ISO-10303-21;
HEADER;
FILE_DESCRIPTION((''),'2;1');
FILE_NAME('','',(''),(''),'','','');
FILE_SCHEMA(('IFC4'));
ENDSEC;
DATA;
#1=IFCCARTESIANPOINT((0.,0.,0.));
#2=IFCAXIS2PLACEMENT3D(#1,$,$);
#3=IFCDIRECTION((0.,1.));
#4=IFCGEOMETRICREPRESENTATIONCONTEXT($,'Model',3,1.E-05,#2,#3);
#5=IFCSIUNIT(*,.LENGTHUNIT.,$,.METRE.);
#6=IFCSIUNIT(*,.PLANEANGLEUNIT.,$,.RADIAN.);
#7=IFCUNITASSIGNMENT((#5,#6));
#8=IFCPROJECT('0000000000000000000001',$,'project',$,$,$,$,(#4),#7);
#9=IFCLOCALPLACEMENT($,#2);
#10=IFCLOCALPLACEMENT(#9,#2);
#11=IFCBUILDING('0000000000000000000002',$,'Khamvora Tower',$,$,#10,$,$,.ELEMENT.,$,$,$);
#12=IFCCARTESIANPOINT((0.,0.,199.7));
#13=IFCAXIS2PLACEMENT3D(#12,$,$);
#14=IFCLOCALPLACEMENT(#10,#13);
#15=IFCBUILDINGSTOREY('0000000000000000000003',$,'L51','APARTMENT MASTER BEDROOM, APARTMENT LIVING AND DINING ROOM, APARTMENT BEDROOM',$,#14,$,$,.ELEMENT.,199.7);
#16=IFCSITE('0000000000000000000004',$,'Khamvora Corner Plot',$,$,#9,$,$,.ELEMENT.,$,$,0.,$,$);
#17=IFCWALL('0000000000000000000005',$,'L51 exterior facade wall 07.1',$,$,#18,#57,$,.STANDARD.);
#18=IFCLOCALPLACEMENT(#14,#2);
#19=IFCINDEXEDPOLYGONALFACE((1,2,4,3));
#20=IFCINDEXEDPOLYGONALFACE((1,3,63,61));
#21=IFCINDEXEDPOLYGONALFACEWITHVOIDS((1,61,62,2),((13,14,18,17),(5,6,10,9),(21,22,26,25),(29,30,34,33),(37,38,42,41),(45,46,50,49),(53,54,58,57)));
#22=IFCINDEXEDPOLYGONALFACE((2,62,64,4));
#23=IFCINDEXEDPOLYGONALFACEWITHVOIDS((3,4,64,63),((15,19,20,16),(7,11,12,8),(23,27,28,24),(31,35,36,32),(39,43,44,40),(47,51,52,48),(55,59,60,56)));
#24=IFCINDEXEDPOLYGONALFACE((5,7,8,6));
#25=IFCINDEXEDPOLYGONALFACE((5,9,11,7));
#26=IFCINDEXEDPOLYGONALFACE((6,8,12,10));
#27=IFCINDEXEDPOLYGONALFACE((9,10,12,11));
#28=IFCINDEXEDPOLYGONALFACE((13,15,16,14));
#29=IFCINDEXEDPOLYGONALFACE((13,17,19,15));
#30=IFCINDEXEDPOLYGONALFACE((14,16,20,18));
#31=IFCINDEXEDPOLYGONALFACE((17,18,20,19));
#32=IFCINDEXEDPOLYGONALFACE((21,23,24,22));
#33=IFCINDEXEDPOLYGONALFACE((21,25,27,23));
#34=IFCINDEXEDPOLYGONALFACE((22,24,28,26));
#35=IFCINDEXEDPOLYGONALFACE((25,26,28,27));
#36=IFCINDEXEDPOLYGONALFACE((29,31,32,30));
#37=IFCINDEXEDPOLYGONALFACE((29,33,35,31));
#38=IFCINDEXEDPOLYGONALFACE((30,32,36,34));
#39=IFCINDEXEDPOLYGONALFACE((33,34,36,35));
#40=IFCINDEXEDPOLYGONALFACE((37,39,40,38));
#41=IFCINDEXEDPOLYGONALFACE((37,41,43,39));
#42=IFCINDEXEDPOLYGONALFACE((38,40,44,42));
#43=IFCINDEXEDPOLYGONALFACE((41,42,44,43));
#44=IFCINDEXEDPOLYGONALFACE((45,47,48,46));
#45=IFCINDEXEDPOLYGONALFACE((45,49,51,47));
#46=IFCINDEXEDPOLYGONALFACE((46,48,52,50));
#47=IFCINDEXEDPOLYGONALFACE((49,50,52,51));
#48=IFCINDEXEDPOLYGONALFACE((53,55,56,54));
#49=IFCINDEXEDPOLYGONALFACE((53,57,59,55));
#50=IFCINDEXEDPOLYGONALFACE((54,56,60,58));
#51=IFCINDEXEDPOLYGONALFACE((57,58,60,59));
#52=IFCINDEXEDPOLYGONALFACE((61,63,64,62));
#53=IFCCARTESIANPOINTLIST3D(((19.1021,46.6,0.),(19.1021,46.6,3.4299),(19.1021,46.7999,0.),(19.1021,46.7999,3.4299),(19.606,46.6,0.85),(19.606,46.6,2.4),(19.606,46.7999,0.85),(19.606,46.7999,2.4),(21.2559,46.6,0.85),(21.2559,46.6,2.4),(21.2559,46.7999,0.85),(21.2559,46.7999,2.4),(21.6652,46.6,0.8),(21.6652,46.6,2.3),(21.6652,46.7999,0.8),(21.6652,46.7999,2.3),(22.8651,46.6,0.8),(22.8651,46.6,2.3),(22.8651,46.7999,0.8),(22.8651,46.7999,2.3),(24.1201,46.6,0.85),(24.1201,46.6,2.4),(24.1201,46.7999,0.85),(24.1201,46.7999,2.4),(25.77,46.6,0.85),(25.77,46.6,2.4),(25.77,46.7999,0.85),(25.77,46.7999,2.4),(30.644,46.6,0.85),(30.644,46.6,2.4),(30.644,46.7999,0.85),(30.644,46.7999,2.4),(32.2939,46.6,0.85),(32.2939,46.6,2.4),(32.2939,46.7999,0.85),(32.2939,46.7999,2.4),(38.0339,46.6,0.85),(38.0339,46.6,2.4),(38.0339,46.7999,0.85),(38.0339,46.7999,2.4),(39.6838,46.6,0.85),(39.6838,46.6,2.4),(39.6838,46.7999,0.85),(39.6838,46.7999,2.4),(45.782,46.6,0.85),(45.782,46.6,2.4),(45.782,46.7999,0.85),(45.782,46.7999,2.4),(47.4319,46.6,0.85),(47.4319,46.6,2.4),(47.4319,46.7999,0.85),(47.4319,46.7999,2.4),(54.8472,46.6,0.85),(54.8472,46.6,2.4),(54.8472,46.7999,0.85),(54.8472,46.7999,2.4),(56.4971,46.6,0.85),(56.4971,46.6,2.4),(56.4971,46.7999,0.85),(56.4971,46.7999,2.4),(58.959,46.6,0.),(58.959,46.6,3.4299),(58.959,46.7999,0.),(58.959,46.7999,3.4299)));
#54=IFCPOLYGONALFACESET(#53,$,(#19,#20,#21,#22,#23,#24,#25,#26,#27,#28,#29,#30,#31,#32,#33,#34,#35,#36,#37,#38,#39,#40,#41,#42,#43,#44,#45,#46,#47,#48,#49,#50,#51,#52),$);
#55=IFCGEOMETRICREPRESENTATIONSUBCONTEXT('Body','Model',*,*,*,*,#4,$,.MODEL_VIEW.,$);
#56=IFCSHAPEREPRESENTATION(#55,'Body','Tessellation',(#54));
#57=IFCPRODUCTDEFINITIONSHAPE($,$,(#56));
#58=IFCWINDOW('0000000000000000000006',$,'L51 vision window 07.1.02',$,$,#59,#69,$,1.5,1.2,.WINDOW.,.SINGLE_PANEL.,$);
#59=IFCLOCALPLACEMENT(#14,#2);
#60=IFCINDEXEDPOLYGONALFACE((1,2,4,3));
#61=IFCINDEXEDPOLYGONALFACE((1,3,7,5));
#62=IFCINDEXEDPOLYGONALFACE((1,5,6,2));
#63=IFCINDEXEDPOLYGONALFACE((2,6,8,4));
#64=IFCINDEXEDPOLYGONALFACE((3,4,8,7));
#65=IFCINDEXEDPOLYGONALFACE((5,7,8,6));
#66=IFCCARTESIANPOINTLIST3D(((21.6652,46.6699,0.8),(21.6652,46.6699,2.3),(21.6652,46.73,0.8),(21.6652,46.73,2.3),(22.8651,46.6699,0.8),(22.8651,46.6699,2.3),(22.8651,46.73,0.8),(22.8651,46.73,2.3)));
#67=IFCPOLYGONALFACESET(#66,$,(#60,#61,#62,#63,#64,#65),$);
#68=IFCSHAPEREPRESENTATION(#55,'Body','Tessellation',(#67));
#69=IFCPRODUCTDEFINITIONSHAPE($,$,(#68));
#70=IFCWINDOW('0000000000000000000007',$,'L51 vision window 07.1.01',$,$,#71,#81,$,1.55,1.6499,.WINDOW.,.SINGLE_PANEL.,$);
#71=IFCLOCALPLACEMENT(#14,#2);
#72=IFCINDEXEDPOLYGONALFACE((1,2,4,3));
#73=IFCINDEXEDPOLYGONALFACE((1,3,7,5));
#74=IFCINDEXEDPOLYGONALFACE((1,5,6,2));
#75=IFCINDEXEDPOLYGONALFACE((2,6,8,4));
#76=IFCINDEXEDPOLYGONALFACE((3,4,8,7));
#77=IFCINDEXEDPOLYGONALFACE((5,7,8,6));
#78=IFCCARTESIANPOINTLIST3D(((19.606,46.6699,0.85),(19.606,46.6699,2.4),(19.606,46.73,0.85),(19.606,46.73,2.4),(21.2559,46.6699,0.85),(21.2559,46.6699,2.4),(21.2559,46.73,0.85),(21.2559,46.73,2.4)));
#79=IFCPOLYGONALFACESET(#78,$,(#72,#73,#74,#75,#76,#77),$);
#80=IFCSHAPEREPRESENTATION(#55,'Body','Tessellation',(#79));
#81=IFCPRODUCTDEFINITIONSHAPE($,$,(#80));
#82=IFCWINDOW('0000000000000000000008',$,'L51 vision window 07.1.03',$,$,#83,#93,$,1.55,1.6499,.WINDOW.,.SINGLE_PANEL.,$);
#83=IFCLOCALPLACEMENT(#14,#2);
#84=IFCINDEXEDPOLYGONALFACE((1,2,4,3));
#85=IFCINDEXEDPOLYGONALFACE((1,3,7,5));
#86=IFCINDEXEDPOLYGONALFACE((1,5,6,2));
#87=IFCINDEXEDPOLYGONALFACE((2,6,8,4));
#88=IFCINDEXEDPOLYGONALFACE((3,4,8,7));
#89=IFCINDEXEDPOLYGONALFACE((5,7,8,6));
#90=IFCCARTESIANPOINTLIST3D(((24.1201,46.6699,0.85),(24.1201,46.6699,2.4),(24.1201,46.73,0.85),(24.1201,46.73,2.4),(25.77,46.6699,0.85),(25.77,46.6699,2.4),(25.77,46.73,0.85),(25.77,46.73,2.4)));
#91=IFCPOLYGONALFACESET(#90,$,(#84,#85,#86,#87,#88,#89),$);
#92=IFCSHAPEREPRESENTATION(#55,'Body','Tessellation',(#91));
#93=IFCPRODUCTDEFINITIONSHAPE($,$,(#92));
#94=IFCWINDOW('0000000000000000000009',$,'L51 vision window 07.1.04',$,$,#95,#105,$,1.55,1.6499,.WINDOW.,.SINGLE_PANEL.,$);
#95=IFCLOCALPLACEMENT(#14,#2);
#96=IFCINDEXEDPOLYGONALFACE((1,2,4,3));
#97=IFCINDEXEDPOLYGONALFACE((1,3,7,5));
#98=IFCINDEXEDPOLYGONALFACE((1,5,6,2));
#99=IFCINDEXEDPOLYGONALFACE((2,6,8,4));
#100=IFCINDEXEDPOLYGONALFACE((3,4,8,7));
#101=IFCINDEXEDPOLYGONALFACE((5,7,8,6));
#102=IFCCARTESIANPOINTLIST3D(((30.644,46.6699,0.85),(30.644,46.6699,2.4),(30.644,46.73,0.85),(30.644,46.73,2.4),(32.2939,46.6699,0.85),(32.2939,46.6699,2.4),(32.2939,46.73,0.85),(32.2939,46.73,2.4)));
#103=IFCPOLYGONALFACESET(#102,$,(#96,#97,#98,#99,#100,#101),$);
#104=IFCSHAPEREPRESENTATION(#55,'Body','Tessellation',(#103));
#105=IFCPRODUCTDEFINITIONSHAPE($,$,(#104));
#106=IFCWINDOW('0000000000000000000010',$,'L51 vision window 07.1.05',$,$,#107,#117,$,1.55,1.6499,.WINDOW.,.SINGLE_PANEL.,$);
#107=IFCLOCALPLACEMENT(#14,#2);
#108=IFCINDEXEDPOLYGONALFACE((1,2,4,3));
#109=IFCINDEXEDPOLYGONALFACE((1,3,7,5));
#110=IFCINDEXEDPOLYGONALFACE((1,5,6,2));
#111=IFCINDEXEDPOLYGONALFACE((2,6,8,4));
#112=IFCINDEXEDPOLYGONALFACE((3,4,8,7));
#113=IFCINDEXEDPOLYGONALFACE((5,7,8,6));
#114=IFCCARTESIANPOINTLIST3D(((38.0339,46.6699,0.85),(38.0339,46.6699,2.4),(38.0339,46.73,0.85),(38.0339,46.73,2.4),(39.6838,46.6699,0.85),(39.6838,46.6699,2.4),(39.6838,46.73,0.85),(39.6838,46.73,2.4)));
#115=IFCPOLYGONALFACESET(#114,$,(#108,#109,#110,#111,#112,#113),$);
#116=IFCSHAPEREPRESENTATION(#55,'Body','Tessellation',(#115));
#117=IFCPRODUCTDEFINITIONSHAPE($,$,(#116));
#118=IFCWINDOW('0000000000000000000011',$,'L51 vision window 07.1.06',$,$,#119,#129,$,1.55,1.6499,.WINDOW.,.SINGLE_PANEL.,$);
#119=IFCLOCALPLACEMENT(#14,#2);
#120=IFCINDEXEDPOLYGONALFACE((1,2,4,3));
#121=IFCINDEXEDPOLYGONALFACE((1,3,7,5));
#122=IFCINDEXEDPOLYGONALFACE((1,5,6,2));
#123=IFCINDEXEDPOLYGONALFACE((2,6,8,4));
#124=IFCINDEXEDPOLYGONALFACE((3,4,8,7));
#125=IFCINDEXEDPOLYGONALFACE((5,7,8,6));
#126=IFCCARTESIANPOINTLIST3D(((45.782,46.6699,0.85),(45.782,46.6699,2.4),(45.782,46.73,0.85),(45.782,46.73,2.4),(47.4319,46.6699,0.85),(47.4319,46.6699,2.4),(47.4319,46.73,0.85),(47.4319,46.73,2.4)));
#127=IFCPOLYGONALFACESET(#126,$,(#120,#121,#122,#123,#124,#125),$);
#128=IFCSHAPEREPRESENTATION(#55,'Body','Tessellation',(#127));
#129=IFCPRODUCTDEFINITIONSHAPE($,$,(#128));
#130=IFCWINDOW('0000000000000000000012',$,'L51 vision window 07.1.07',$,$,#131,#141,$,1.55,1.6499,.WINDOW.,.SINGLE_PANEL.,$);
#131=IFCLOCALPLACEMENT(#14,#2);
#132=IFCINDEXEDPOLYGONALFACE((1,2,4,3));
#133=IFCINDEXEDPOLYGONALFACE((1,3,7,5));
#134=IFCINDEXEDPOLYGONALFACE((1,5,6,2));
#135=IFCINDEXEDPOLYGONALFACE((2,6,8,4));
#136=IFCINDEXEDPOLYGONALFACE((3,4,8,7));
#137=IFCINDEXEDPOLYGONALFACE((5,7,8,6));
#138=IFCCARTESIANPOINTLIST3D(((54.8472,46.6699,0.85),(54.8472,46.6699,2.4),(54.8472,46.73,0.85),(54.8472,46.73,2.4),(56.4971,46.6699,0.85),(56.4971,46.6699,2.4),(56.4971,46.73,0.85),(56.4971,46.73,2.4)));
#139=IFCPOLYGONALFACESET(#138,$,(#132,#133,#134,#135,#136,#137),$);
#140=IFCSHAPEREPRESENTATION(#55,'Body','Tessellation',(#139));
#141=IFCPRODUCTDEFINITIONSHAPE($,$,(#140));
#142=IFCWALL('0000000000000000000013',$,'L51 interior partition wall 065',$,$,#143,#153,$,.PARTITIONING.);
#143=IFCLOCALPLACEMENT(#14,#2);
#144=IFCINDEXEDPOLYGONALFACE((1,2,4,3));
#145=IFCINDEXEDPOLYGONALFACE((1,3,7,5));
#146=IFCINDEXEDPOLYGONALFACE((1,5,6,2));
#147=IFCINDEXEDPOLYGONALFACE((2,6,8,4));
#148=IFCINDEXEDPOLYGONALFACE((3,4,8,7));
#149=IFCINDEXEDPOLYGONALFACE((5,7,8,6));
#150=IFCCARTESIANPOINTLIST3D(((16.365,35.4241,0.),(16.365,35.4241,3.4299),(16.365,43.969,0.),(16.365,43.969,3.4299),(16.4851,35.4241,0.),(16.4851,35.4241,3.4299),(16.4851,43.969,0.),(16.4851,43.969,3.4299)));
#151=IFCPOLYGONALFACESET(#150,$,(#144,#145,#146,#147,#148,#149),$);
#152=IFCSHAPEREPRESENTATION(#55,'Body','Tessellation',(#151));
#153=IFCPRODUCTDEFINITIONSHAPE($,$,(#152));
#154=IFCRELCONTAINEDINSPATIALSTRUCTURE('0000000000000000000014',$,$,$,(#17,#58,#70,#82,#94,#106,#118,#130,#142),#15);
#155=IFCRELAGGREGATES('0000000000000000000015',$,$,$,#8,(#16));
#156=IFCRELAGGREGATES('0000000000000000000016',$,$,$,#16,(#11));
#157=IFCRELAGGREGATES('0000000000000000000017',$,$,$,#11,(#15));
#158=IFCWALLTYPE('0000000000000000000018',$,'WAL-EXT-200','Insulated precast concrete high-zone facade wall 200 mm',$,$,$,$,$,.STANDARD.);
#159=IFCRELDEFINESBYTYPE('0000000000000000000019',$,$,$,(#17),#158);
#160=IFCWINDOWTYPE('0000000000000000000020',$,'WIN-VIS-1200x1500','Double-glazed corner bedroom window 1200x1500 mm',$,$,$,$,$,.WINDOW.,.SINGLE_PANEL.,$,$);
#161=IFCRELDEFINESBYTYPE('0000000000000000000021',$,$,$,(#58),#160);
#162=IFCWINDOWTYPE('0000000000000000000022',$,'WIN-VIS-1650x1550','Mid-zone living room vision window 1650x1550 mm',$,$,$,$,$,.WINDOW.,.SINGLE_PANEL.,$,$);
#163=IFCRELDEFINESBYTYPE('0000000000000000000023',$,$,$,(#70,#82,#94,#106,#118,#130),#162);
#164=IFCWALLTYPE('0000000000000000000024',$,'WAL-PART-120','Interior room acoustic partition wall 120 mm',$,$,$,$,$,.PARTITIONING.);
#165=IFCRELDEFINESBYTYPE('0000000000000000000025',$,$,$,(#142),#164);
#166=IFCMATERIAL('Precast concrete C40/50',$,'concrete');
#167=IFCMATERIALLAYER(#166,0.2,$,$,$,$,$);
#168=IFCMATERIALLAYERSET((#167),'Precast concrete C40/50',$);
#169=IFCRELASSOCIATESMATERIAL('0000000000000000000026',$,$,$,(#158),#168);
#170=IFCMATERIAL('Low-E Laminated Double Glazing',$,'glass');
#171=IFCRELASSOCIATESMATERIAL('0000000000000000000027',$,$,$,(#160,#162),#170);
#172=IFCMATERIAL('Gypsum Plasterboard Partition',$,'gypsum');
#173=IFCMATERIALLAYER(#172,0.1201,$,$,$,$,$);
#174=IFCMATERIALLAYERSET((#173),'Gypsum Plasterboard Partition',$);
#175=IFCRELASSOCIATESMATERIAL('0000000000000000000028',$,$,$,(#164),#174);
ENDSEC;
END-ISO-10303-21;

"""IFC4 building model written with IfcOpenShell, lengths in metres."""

from ifc_helpers import new_model, si_unit, direction, frame, frame_2d, origin, place, context, subcontext, project, spatial, rectangle, extrude, material, layer, layer_set, type_object, element, fill, save


model = new_model("IFC4")

# Units and contexts
model_context = context("Model", 3, precision=1e-05, world=origin(), true_north=direction((0.0, 1.0)))
body_context = subcontext(model_context, "Body", "Model", "MODEL_VIEW")
ifc_project = project(units=[si_unit("LENGTHUNIT", "METRE"), si_unit("PLANEANGLEUNIT", "RADIAN")], contexts=[model_context])

# Site, building, storey
site_placement = place(None, origin())
site = spatial("IfcSite", under=ifc_project, at=site_placement, Name="Khamvora Corner Plot", CompositionType="ELEMENT", RefElevation=0.0)
building_placement = place(site_placement, origin())
building = spatial("IfcBuilding", under=site, at=building_placement, Name="Khamvora Tower", CompositionType="ELEMENT")
storey_placement = place(building_placement, frame((0.0, 0.0, 199.7)))
storey = spatial("IfcBuildingStorey", under=building, at=storey_placement, Name="L51", Description="APARTMENT MASTER BEDROOM, APARTMENT LIVING AND DINING ROOM, APARTMENT BEDROOM", CompositionType="ELEMENT", Elevation=199.7)

# Shared definitions
ifc_material_1 = material(Name="Precast concrete C40/50", Category="concrete")
ifc_layer_1 = layer(ifc_material_1, 0.2)
ifc_layer_set_1 = layer_set([ifc_layer_1], Name="Precast concrete C40/50")
wall_type_1 = type_object("IfcWallType", Name="WAL-EXT-200", Description="Insulated precast concrete high-zone facade wall 200 mm", PredefinedType="STANDARD", material=ifc_layer_set_1)

# Wall, openings, windows
wall_1_placement = place(storey_placement, frame((19.1021, 46.7, 0.0), z_axis=(0.0, 0.0, 1.0), x_axis=(1.0, 0.0, 0.0)))
wall_1 = element("IfcWall", 1, at=wall_1_placement, inside=storey, type_object=wall_type_1, Name="L51 exterior facade wall 07.1", PredefinedType="STANDARD", context=body_context, shape_type="SweptSolid", body=[
    extrude(rectangle(XDim=39.8569, YDim=0.2, at=frame_2d((19.9285, 0.0))), origin(), (0.0, 0.0, 1.0), 3.4299),
])
opening_1_placement = place(wall_1_placement, frame((0.5039, 0.0, 0.8501)))
opening_1 = element("IfcOpeningElement", 2, at=opening_1_placement, cuts=wall_1, PredefinedType="OPENING", context=body_context, shape_type="SweptSolid", body=[
    extrude(rectangle(XDim=1.6499, YDim=1.55, at=frame_2d((0.825, 0.7749))), frame((0.0, 0.1099, 0.0), z_axis=(0.0, -1.0, 0.0), x_axis=(1.0, 0.0, 0.0)), (0.0, 0.0, 1.0), 0.22),
])
opening_2_placement = place(wall_1_placement, frame((2.563, 0.0, 0.8)))
opening_2 = element("IfcOpeningElement", 3, at=opening_2_placement, cuts=wall_1, PredefinedType="OPENING", context=body_context, shape_type="SweptSolid", body=[
    extrude(rectangle(XDim=1.2, YDim=1.5, at=frame_2d((0.6001, 0.75))), frame((0.0, 0.1099, 0.0), z_axis=(0.0, -1.0, 0.0), x_axis=(1.0, 0.0, 0.0)), (0.0, 0.0, 1.0), 0.22),
])
opening_3_placement = place(wall_1_placement, frame((5.0181, 0.0, 0.8501)))
opening_3 = element("IfcOpeningElement", 4, at=opening_3_placement, cuts=wall_1, PredefinedType="OPENING", context=body_context, shape_type="SweptSolid", body=[
    extrude(rectangle(XDim=1.6499, YDim=1.55, at=frame_2d((0.825, 0.7749))), frame((0.0, 0.1099, 0.0), z_axis=(0.0, -1.0, 0.0), x_axis=(1.0, 0.0, 0.0)), (0.0, 0.0, 1.0), 0.22),
])
opening_4_placement = place(wall_1_placement, frame((11.542, 0.0, 0.8501)))
opening_4 = element("IfcOpeningElement", 5, at=opening_4_placement, cuts=wall_1, PredefinedType="OPENING", context=body_context, shape_type="SweptSolid", body=[
    extrude(rectangle(XDim=1.6499, YDim=1.55, at=frame_2d((0.825, 0.7749))), frame((0.0, 0.1099, 0.0), z_axis=(0.0, -1.0, 0.0), x_axis=(1.0, 0.0, 0.0)), (0.0, 0.0, 1.0), 0.22),
])
opening_5_placement = place(wall_1_placement, frame((18.9319, 0.0, 0.8501)))
opening_5 = element("IfcOpeningElement", 6, at=opening_5_placement, cuts=wall_1, PredefinedType="OPENING", context=body_context, shape_type="SweptSolid", body=[
    extrude(rectangle(XDim=1.6499, YDim=1.55, at=frame_2d((0.825, 0.7749))), frame((0.0, 0.1099, 0.0), z_axis=(0.0, -1.0, 0.0), x_axis=(1.0, 0.0, 0.0)), (0.0, 0.0, 1.0), 0.22),
])
opening_6_placement = place(wall_1_placement, frame((26.6799, 0.0, 0.8501)))
opening_6 = element("IfcOpeningElement", 7, at=opening_6_placement, cuts=wall_1, PredefinedType="OPENING", context=body_context, shape_type="SweptSolid", body=[
    extrude(rectangle(XDim=1.6499, YDim=1.55, at=frame_2d((0.825, 0.7749))), frame((0.0, 0.1099, 0.0), z_axis=(0.0, -1.0, 0.0), x_axis=(1.0, 0.0, 0.0)), (0.0, 0.0, 1.0), 0.22),
])
opening_7_placement = place(wall_1_placement, frame((35.7451, 0.0, 0.8501)))
opening_7 = element("IfcOpeningElement", 8, at=opening_7_placement, cuts=wall_1, PredefinedType="OPENING", context=body_context, shape_type="SweptSolid", body=[
    extrude(rectangle(XDim=1.6499, YDim=1.55, at=frame_2d((0.825, 0.7749))), frame((0.0, 0.1099, 0.0), z_axis=(0.0, -1.0, 0.0), x_axis=(1.0, 0.0, 0.0)), (0.0, 0.0, 1.0), 0.22),
])
ifc_material_2 = material(Name="Low-E Laminated Double Glazing", Category="glass")
window_type_1 = type_object("IfcWindowType", Name="WIN-VIS-1200x1500", Description="Double-glazed corner bedroom window 1200x1500 mm", PartitioningType="SINGLE_PANEL", PredefinedType="WINDOW", material=ifc_material_2)
window_1_placement = place(opening_2_placement, origin())
window_1 = element("IfcWindow", 9, at=window_1_placement, inside=storey, type_object=window_type_1, Name="L51 vision window 07.1.02", OverallHeight=1.5, OverallWidth=1.2, PartitioningType="SINGLE_PANEL", PredefinedType="WINDOW", context=body_context, shape_type="SweptSolid", body=[
    extrude(rectangle(XDim=1.2, YDim=1.5, at=frame_2d((0.6001, 0.75))), frame((0.0, 0.03, 0.0), z_axis=(0.0, -1.0, 0.0), x_axis=(1.0, 0.0, 0.0)), (0.0, 0.0, 1.0), 0.0601),
])
fill(opening_2, window_1)
window_type_2 = type_object("IfcWindowType", Name="WIN-VIS-1650x1550", Description="Mid-zone living room vision window 1650x1550 mm", PartitioningType="SINGLE_PANEL", PredefinedType="WINDOW", material=ifc_material_2)
window_2_placement = place(opening_1_placement, origin())
window_2 = element("IfcWindow", 10, at=window_2_placement, inside=storey, type_object=window_type_2, Name="L51 vision window 07.1.01", OverallHeight=1.55, OverallWidth=1.6499, PartitioningType="SINGLE_PANEL", PredefinedType="WINDOW", context=body_context, shape_type="SweptSolid", body=[
    extrude(rectangle(XDim=1.6499, YDim=1.55, at=frame_2d((0.825, 0.7749))), frame((0.0, 0.03, 0.0), z_axis=(0.0, -1.0, 0.0), x_axis=(1.0, 0.0, 0.0)), (0.0, 0.0, 1.0), 0.0601),
])
fill(opening_1, window_2)
window_3_placement = place(opening_3_placement, origin())
window_3 = element("IfcWindow", 11, at=window_3_placement, inside=storey, type_object=window_type_2, Name="L51 vision window 07.1.03", OverallHeight=1.55, OverallWidth=1.6499, PartitioningType="SINGLE_PANEL", PredefinedType="WINDOW", context=body_context, shape_type="SweptSolid", body=[
    extrude(rectangle(XDim=1.6499, YDim=1.55, at=frame_2d((0.825, 0.7749))), frame((0.0, 0.03, 0.0), z_axis=(0.0, -1.0, 0.0), x_axis=(1.0, 0.0, 0.0)), (0.0, 0.0, 1.0), 0.0601),
])
fill(opening_3, window_3)
window_4_placement = place(opening_4_placement, origin())
window_4 = element("IfcWindow", 12, at=window_4_placement, inside=storey, type_object=window_type_2, Name="L51 vision window 07.1.04", OverallHeight=1.55, OverallWidth=1.6499, PartitioningType="SINGLE_PANEL", PredefinedType="WINDOW", context=body_context, shape_type="SweptSolid", body=[
    extrude(rectangle(XDim=1.6499, YDim=1.55, at=frame_2d((0.825, 0.7749))), frame((0.0, 0.03, 0.0), z_axis=(0.0, -1.0, 0.0), x_axis=(1.0, 0.0, 0.0)), (0.0, 0.0, 1.0), 0.0601),
])
fill(opening_4, window_4)
window_5_placement = place(opening_5_placement, origin())
window_5 = element("IfcWindow", 13, at=window_5_placement, inside=storey, type_object=window_type_2, Name="L51 vision window 07.1.05", OverallHeight=1.55, OverallWidth=1.6499, PartitioningType="SINGLE_PANEL", PredefinedType="WINDOW", context=body_context, shape_type="SweptSolid", body=[
    extrude(rectangle(XDim=1.6499, YDim=1.55, at=frame_2d((0.825, 0.7749))), frame((0.0, 0.03, 0.0), z_axis=(0.0, -1.0, 0.0), x_axis=(1.0, 0.0, 0.0)), (0.0, 0.0, 1.0), 0.0601),
])
fill(opening_5, window_5)
window_6_placement = place(opening_6_placement, origin())
window_6 = element("IfcWindow", 14, at=window_6_placement, inside=storey, type_object=window_type_2, Name="L51 vision window 07.1.06", OverallHeight=1.55, OverallWidth=1.6499, PartitioningType="SINGLE_PANEL", PredefinedType="WINDOW", context=body_context, shape_type="SweptSolid", body=[
    extrude(rectangle(XDim=1.6499, YDim=1.55, at=frame_2d((0.825, 0.7749))), frame((0.0, 0.03, 0.0), z_axis=(0.0, -1.0, 0.0), x_axis=(1.0, 0.0, 0.0)), (0.0, 0.0, 1.0), 0.0601),
])
fill(opening_6, window_6)
window_7_placement = place(opening_7_placement, origin())
window_7 = element("IfcWindow", 15, at=window_7_placement, inside=storey, type_object=window_type_2, Name="L51 vision window 07.1.07", OverallHeight=1.55, OverallWidth=1.6499, PartitioningType="SINGLE_PANEL", PredefinedType="WINDOW", context=body_context, shape_type="SweptSolid", body=[
    extrude(rectangle(XDim=1.6499, YDim=1.55, at=frame_2d((0.825, 0.7749))), frame((0.0, 0.03, 0.0), z_axis=(0.0, -1.0, 0.0), x_axis=(1.0, 0.0, 0.0)), (0.0, 0.0, 1.0), 0.0601),
])
fill(opening_7, window_7)

# Wall
ifc_material_3 = material(Name="Gypsum Plasterboard Partition", Category="gypsum")
ifc_layer_2 = layer(ifc_material_3, 0.1201)
ifc_layer_set_2 = layer_set([ifc_layer_2], Name="Gypsum Plasterboard Partition")
wall_type_2 = type_object("IfcWallType", Name="WAL-PART-120", Description="Interior room acoustic partition wall 120 mm", PredefinedType="PARTITIONING", material=ifc_layer_set_2)
wall_2_placement = place(storey_placement, frame((16.425, 43.969, 0.0), z_axis=(0.0, 0.0, 1.0), x_axis=(0.0, -1.0, 0.0)))
element("IfcWall", 16, at=wall_2_placement, inside=storey, type_object=wall_type_2, Name="L51 interior partition wall 065", PredefinedType="PARTITIONING", context=body_context, shape_type="SweptSolid", body=[
    extrude(rectangle(XDim=8.5449, YDim=0.1201, at=frame_2d((4.2725, 0.0))), origin(), (0.0, 0.0, 1.0), 3.4299),
])

save(model, "model.ifc")
